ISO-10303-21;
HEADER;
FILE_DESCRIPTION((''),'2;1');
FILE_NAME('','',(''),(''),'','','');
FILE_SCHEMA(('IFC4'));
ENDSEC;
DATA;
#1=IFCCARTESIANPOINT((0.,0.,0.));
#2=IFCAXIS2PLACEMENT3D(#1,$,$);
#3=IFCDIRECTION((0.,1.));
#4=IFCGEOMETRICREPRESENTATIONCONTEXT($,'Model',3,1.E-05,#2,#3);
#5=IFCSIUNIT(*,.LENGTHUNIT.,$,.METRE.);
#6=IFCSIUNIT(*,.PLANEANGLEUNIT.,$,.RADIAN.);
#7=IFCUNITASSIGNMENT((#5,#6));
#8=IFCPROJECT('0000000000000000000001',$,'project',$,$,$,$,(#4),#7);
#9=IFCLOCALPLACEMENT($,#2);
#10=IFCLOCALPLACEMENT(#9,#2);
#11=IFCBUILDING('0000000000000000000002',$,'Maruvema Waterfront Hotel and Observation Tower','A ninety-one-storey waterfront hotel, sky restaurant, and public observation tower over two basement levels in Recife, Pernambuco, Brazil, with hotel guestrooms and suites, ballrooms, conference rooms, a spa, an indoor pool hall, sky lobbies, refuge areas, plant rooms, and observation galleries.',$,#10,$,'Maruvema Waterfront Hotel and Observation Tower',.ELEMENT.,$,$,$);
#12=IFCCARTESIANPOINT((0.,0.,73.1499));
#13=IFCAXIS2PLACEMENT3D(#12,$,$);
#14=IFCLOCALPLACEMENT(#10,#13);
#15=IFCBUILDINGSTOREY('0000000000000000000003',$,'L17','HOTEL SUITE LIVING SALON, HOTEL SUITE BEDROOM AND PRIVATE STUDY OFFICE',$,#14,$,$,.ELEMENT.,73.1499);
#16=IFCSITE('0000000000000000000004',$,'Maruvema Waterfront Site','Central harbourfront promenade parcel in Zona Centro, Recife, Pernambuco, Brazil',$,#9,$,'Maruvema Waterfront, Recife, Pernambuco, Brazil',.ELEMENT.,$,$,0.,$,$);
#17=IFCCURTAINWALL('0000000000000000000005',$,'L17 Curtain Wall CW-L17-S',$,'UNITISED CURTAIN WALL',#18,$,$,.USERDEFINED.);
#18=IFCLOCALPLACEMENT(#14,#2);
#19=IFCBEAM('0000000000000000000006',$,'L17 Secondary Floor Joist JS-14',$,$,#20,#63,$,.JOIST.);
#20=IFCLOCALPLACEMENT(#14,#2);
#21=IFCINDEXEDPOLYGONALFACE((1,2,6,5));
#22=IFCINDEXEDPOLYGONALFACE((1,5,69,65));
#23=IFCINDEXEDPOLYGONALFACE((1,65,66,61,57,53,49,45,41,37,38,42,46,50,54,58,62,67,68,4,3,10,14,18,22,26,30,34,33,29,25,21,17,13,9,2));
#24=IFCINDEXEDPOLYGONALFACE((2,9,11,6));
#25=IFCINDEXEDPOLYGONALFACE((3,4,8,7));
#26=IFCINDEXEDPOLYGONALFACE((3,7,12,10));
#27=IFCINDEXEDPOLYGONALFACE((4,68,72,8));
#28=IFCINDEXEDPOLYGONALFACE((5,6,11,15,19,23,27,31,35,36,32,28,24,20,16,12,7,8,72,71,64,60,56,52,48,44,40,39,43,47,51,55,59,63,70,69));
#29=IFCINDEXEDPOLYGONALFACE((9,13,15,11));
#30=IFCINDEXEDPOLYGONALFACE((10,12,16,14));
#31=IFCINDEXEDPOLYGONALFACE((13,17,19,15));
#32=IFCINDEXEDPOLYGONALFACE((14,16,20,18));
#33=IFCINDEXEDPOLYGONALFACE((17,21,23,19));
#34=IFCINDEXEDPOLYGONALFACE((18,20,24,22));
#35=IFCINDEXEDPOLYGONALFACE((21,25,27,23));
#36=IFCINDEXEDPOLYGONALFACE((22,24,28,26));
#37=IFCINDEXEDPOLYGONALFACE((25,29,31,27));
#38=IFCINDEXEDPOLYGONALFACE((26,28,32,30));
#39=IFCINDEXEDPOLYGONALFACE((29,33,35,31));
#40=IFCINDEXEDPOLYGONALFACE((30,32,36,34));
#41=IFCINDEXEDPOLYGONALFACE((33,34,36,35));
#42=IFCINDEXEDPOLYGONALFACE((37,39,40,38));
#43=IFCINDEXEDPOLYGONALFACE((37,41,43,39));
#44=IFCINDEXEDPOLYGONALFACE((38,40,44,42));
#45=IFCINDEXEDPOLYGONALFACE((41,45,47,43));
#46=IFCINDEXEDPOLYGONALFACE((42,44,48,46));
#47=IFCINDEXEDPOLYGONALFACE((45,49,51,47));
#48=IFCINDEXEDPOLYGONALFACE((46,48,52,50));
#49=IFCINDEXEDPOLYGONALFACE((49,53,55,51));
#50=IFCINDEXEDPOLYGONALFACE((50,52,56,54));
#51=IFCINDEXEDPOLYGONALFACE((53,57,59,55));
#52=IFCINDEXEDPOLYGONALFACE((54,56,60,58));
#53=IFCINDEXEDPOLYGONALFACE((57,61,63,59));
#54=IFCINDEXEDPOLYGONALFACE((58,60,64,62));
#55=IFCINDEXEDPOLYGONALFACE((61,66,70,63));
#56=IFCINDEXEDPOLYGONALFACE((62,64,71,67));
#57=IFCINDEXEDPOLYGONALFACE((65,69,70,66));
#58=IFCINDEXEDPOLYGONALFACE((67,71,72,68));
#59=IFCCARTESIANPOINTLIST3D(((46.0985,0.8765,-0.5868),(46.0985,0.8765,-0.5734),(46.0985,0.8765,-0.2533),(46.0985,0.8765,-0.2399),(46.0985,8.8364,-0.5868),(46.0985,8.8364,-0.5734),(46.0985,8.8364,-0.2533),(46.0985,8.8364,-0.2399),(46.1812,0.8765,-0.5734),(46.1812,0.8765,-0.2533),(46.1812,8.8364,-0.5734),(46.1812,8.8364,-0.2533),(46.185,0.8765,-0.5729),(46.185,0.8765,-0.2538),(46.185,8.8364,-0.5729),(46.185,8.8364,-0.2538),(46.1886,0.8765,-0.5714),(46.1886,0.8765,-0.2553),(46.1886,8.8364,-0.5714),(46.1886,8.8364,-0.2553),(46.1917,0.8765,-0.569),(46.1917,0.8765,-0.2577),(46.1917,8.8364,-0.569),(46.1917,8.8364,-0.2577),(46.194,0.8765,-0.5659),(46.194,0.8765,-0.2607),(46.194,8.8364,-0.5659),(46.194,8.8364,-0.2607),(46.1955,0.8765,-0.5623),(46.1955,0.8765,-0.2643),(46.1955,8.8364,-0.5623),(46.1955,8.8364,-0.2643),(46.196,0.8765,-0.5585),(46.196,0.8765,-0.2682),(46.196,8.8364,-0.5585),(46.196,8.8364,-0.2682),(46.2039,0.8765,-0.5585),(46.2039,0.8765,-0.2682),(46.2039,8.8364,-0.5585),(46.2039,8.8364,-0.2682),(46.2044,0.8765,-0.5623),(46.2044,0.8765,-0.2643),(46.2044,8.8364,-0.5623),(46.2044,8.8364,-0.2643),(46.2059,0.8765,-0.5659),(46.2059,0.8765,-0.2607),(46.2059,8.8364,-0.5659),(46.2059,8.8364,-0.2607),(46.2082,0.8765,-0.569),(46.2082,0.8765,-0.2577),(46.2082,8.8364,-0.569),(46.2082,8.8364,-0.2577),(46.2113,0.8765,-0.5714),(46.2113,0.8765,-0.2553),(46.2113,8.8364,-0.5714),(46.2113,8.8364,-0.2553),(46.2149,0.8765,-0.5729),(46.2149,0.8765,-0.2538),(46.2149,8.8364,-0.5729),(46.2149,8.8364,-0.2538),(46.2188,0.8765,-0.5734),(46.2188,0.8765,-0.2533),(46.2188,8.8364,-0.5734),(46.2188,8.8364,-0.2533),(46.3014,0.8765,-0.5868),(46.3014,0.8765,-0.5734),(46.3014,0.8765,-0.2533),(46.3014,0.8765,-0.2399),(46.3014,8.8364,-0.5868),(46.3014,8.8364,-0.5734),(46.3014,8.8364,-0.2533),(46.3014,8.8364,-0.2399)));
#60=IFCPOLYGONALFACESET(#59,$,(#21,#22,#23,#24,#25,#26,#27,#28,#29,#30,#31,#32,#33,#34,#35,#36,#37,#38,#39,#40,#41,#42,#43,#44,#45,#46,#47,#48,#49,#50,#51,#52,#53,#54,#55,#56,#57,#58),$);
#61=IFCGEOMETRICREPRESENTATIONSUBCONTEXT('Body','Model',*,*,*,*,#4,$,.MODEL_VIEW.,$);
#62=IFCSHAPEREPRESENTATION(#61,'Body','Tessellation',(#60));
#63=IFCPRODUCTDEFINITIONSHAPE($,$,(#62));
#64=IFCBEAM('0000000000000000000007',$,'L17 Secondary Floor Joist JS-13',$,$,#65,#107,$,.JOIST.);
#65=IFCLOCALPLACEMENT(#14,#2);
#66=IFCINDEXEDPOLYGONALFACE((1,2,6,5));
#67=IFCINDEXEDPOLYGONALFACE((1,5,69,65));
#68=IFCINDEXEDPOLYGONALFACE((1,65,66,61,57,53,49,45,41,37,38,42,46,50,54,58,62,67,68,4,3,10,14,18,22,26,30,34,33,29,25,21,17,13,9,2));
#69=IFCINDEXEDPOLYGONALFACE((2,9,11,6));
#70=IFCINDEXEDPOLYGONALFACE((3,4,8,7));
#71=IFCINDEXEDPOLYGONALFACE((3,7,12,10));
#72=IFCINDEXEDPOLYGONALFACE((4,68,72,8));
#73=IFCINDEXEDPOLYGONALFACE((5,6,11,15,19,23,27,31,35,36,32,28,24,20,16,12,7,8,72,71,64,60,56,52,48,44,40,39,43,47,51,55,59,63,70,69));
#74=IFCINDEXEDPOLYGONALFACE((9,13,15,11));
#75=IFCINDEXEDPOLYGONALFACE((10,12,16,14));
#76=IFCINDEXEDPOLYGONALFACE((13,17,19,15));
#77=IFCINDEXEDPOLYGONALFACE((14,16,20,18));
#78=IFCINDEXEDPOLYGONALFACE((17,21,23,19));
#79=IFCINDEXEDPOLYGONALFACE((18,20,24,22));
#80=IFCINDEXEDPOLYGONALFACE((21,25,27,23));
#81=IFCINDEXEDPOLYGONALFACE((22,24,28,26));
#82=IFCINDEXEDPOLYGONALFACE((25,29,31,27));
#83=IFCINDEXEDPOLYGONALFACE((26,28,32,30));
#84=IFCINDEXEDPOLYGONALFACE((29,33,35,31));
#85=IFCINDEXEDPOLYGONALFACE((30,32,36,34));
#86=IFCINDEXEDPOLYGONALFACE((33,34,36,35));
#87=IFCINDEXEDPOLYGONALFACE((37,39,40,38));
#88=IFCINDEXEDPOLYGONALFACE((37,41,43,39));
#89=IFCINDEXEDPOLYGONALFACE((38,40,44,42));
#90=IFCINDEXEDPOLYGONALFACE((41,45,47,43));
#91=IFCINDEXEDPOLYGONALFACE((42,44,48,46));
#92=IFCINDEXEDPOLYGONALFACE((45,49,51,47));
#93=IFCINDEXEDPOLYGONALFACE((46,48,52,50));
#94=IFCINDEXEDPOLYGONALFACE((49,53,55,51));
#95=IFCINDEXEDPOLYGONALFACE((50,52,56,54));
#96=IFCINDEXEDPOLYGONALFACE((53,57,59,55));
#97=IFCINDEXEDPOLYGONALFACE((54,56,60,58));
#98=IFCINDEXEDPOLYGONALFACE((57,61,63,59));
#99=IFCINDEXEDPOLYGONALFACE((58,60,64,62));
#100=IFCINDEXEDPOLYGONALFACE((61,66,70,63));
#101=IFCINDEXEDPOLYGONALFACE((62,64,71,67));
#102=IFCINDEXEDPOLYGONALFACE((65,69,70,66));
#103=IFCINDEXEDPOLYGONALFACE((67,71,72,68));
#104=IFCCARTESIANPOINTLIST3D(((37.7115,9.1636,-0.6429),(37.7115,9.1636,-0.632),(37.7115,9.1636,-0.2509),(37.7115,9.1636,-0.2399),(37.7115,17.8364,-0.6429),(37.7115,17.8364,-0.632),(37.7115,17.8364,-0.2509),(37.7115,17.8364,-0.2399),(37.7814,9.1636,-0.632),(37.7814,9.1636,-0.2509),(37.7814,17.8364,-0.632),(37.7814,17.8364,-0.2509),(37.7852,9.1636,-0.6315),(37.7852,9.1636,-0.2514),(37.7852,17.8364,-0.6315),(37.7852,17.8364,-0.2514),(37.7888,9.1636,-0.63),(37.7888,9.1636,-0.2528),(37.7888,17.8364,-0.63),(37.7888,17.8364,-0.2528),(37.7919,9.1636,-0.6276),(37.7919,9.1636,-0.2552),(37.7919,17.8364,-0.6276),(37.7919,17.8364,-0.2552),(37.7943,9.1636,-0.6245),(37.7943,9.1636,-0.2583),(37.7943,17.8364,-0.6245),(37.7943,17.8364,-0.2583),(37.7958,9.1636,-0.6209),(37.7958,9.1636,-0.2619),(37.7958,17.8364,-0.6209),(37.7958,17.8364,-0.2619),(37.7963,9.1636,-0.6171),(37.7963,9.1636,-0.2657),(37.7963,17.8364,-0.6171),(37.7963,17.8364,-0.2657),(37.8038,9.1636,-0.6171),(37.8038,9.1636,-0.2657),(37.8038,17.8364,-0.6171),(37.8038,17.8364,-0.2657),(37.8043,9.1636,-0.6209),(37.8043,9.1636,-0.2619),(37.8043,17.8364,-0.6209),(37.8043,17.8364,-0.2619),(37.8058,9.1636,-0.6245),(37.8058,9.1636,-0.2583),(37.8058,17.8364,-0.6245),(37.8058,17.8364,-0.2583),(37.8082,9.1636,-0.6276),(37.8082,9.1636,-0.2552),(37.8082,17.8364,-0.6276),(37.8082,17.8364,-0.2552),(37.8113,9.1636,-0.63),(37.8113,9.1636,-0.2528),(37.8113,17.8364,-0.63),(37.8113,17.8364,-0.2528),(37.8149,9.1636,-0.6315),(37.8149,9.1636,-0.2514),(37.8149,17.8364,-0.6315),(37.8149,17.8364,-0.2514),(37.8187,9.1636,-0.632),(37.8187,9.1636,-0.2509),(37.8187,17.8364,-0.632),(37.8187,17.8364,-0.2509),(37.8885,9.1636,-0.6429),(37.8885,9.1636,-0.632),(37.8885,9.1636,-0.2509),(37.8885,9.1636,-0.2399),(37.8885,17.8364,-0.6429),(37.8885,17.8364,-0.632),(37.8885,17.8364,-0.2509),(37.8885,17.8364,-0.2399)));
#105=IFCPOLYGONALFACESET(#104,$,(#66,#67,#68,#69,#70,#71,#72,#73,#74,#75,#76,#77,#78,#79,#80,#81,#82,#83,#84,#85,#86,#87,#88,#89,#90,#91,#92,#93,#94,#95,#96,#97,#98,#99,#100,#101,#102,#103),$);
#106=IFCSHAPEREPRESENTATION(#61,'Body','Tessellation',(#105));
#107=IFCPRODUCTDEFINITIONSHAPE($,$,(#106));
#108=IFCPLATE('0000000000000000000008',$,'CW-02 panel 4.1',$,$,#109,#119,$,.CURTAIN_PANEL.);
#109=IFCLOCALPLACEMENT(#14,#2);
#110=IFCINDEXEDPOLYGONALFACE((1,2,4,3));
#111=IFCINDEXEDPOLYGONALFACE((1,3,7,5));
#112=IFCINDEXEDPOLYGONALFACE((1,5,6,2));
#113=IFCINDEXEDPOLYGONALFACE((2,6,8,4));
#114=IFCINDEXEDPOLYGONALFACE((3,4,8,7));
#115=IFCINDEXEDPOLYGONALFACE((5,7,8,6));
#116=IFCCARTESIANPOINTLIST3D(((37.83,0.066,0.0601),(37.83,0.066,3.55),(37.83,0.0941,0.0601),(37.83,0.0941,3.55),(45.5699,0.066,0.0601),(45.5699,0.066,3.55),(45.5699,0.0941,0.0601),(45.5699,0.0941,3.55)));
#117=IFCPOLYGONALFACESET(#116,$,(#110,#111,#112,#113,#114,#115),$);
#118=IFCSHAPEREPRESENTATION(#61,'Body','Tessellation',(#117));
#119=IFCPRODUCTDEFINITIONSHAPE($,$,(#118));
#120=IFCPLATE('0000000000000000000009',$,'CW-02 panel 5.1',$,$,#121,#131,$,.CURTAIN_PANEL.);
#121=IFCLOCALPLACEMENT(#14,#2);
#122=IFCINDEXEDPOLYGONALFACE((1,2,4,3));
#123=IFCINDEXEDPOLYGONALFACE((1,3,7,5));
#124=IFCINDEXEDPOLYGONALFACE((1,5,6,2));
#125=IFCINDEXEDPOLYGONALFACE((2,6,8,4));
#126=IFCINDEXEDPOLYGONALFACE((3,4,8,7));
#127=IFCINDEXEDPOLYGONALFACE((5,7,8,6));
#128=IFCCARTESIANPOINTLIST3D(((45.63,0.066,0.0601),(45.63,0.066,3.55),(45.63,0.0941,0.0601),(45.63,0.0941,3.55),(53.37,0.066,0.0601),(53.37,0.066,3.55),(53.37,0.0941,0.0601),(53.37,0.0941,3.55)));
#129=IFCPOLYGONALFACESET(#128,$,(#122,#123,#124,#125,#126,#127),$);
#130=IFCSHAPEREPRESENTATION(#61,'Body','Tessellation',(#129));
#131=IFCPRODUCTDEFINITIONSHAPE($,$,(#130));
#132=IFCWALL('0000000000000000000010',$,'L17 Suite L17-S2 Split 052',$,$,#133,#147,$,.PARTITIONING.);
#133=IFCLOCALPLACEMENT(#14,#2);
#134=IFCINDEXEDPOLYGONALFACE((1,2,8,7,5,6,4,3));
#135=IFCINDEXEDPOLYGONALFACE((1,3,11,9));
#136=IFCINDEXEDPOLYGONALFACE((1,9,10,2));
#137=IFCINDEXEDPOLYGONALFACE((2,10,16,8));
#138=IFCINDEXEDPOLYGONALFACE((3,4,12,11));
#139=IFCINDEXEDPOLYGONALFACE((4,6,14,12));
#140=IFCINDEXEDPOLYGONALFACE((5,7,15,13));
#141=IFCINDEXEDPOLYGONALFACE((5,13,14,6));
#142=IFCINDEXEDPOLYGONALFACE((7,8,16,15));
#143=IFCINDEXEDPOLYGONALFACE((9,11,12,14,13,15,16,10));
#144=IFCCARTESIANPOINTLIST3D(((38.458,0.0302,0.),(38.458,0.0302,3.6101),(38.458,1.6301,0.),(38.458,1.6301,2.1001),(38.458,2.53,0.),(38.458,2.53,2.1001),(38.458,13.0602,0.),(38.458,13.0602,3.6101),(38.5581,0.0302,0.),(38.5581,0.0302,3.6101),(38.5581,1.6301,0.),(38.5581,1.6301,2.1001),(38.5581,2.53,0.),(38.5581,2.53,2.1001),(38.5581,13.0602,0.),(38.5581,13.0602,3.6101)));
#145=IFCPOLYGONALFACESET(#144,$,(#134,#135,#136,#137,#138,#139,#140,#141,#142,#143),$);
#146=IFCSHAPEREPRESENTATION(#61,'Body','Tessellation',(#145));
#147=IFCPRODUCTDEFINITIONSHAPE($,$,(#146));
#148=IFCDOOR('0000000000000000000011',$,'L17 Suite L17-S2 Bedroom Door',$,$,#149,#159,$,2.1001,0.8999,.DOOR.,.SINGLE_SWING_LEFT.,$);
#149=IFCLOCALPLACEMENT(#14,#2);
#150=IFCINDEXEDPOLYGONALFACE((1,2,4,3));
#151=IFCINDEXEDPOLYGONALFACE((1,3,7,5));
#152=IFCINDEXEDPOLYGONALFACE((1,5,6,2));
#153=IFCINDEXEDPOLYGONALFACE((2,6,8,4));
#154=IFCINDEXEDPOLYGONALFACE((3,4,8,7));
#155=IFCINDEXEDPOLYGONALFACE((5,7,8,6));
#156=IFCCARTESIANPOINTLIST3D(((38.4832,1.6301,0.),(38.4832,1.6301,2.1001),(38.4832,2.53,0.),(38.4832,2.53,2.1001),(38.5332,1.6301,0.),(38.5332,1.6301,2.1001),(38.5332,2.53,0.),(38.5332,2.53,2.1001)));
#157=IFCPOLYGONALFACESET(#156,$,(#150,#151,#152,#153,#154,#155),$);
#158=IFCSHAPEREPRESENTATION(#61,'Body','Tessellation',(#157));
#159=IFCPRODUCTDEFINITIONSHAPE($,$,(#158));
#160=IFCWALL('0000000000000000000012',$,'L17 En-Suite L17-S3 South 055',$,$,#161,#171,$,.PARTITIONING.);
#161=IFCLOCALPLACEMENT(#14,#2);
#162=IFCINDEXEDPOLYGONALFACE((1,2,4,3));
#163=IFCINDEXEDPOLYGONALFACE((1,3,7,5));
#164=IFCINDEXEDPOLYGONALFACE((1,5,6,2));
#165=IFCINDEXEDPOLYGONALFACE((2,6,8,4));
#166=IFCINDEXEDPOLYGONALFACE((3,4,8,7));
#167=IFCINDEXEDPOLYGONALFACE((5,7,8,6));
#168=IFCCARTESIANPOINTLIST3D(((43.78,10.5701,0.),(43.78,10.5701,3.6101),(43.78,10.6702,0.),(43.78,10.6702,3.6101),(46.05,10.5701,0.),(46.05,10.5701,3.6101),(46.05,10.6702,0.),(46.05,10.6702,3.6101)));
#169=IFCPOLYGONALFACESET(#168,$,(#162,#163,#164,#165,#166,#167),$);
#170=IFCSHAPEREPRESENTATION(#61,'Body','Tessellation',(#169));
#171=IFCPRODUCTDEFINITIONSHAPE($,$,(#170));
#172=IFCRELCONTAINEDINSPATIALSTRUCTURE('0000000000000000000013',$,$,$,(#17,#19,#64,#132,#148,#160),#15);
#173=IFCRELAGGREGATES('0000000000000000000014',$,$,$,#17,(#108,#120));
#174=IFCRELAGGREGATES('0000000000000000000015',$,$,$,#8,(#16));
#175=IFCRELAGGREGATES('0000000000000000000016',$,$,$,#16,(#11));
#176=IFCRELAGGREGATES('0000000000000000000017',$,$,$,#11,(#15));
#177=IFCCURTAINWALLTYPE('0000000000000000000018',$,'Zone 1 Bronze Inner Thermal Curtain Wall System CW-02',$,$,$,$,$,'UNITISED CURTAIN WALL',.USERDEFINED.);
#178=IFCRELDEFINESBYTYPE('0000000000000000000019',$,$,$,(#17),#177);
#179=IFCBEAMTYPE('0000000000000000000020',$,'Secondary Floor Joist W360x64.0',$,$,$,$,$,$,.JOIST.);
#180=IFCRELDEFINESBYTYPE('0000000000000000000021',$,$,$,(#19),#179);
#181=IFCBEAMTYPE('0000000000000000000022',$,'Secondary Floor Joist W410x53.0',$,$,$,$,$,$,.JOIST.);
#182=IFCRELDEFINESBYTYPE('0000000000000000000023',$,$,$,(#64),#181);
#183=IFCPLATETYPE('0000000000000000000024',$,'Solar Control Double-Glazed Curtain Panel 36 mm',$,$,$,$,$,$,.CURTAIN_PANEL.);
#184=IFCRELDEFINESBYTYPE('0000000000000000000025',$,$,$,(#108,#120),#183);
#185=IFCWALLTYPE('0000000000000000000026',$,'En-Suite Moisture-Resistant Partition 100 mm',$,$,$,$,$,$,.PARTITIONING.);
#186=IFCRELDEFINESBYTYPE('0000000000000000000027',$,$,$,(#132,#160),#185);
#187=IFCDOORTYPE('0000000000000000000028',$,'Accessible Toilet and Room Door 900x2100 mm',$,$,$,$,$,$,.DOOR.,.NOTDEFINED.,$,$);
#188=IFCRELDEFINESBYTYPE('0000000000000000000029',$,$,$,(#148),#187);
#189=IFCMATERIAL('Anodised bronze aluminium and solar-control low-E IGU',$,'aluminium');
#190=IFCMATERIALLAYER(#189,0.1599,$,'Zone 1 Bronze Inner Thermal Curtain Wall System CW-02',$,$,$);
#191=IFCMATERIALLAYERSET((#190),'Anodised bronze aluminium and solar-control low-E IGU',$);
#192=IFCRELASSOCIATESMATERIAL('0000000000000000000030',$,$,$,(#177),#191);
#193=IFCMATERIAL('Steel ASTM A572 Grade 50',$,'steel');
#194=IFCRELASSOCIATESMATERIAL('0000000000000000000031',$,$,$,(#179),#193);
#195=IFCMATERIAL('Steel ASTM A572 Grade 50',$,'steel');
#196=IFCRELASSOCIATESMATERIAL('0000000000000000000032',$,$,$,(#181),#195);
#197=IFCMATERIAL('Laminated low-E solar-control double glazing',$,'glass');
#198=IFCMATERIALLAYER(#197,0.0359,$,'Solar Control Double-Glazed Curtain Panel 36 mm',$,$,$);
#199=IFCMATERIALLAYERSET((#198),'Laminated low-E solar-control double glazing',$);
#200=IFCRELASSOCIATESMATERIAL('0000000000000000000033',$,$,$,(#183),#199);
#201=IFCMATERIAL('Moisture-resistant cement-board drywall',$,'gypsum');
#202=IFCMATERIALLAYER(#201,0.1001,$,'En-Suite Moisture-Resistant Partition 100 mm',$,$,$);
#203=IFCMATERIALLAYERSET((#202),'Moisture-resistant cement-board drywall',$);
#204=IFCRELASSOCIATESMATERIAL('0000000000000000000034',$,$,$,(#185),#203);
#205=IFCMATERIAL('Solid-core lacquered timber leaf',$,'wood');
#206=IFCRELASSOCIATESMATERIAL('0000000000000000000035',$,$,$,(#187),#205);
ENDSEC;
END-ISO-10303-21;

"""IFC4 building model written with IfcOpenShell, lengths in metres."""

from ifc_helpers import new_model, si_unit, direction, frame, frame_2d, origin, origin_2d, place, context, subcontext, project, spatial, rectangle, i_section, extrude, material, layer, layer_set, material_profile, profile_set, type_object, element, fill, aggregate, save


model = new_model("IFC4")

# Units and contexts
model_context = context("Model", 3, precision=1e-05, world=origin(), true_north=direction((0.0, 1.0)))
body_context = subcontext(model_context, "Body", "Model", "MODEL_VIEW")
ifc_project = project(units=[si_unit("LENGTHUNIT", "METRE"), si_unit("PLANEANGLEUNIT", "RADIAN")], contexts=[model_context])

# Site, building, storey
site_placement = place(None, origin())
site = spatial("IfcSite", under=ifc_project, at=site_placement, Name="Maruvema Waterfront Site", Description="Central harbourfront promenade parcel in Zona Centro, Recife, Pernambuco, Brazil", LongName="Maruvema Waterfront, Recife, Pernambuco, Brazil", CompositionType="ELEMENT", RefElevation=0.0)
building_placement = place(site_placement, origin())
building = spatial("IfcBuilding", under=site, at=building_placement, Name="Maruvema Waterfront Hotel and Observation Tower", Description="A ninety-one-storey waterfront hotel, sky restaurant, and public observation tower over two basement levels in Recife, Pernambuco, Brazil, with hotel guestrooms and suites, ballrooms, conference rooms, a spa, an indoor pool hall, sky lobbies, refuge areas, plant rooms, and observation galleries.", LongName="Maruvema Waterfront Hotel and Observation Tower", CompositionType="ELEMENT")
storey_placement = place(building_placement, frame((0.0, 0.0, 73.1499)))
storey = spatial("IfcBuildingStorey", under=building, at=storey_placement, Name="L17", Description="HOTEL SUITE LIVING SALON, HOTEL SUITE BEDROOM AND PRIVATE STUDY OFFICE", CompositionType="ELEMENT", Elevation=73.1499)

# Curtain wall
ifc_material_1 = material(Name="Anodised bronze aluminium and solar-control low-E IGU", Category="aluminium")
ifc_layer_1 = layer(ifc_material_1, 0.1599, Name="Zone 1 Bronze Inner Thermal Curtain Wall System CW-02")
ifc_layer_set_1 = layer_set([ifc_layer_1], Name="Anodised bronze aluminium and solar-control low-E IGU")
curtain_wall_type = type_object("IfcCurtainWallType", Name="Zone 1 Bronze Inner Thermal Curtain Wall System CW-02", ElementType="UNITISED CURTAIN WALL", PredefinedType="USERDEFINED", material=ifc_layer_set_1)
curtain_wall_placement = place(storey_placement, origin())
curtain_wall = element("IfcCurtainWall", 1, at=curtain_wall_placement, inside=storey, type_object=curtain_wall_type, Name="L17 Curtain Wall CW-L17-S", ObjectType="UNITISED CURTAIN WALL", PredefinedType="USERDEFINED")

# Beams
ifc_material_2 = material(Name="Steel ASTM A572 Grade 50", Category="steel")
ifc_material_profile_1 = material_profile(ifc_material_2, i_section(OverallWidth=0.2029, OverallDepth=0.3469, WebThickness=0.0078, FlangeThickness=0.0134, FilletRadius=0.0149, at=origin_2d()), Name="W360x64.0")
ifc_profile_set_1 = profile_set([ifc_material_profile_1], Name="Steel ASTM A572 Grade 50")
beam_type_1 = type_object("IfcBeamType", Name="Secondary Floor Joist W360x64.0", PredefinedType="JOIST", material=ifc_profile_set_1)
beam_1_placement = place(storey_placement, frame((46.2, 0.8765, -0.4133), z_axis=(0.0, 1.0, 0.0), x_axis=(-1.0, 0.0, 0.0)))
element("IfcBeam", 2, at=beam_1_placement, inside=storey, type_object=beam_type_1, Name="L17 Secondary Floor Joist JS-14", PredefinedType="JOIST", context=body_context, shape_type="SweptSolid", body=[
    extrude(i_section(OverallWidth=0.2029, OverallDepth=0.3469, WebThickness=0.0078, FlangeThickness=0.0134, FilletRadius=0.0149, at=origin_2d()), origin(), (0.0, 0.0, 1.0), 7.96),
])
ifc_material_3 = material(Name="Steel ASTM A572 Grade 50", Category="steel")
ifc_material_profile_2 = material_profile(ifc_material_3, i_section(OverallWidth=0.177, OverallDepth=0.4031, WebThickness=0.0076, FlangeThickness=0.011, FilletRadius=0.0149, at=origin_2d()), Name="W410x53.0")
ifc_profile_set_2 = profile_set([ifc_material_profile_2], Name="Steel ASTM A572 Grade 50")
beam_type_2 = type_object("IfcBeamType", Name="Secondary Floor Joist W410x53.0", PredefinedType="JOIST", material=ifc_profile_set_2)
beam_2_placement = place(storey_placement, frame((37.8, 9.1636, -0.4414), z_axis=(0.0, 1.0, 0.0), x_axis=(-1.0, 0.0, 0.0)))
element("IfcBeam", 3, at=beam_2_placement, inside=storey, type_object=beam_type_2, Name="L17 Secondary Floor Joist JS-13", PredefinedType="JOIST", context=body_context, shape_type="SweptSolid", body=[
    extrude(i_section(OverallWidth=0.177, OverallDepth=0.4031, WebThickness=0.0076, FlangeThickness=0.011, FilletRadius=0.0149, at=origin_2d()), origin(), (0.0, 0.0, 1.0), 8.6729),
])

# Plates
ifc_material_4 = material(Name="Laminated low-E solar-control double glazing", Category="glass")
ifc_layer_2 = layer(ifc_material_4, 0.0359, Name="Solar Control Double-Glazed Curtain Panel 36 mm")
ifc_layer_set_2 = layer_set([ifc_layer_2], Name="Laminated low-E solar-control double glazing")
plate_type = type_object("IfcPlateType", Name="Solar Control Double-Glazed Curtain Panel 36 mm", PredefinedType="CURTAIN_PANEL", material=ifc_layer_set_2)
plate_1_placement = place(storey_placement, frame((41.7, 0.0801, 0.0601), z_axis=(0.0, 0.0, 1.0), x_axis=(1.0, 0.0, 0.0)))
plate_1 = element("IfcPlate", 4, at=plate_1_placement, type_object=plate_type, Name="CW-02 panel 4.1", PredefinedType="CURTAIN_PANEL", context=body_context, shape_type="SweptSolid", body=[
    extrude(rectangle(XDim=7.74, YDim=0.0281, at=origin_2d()), origin(), (0.0, 0.0, 1.0), 3.49),
])
plate_2_placement = place(storey_placement, frame((49.5, 0.0801, 0.0601), z_axis=(0.0, 0.0, 1.0), x_axis=(1.0, 0.0, 0.0)))
plate_2 = element("IfcPlate", 5, at=plate_2_placement, type_object=plate_type, Name="CW-02 panel 5.1", PredefinedType="CURTAIN_PANEL", context=body_context, shape_type="SweptSolid", body=[
    extrude(rectangle(XDim=7.74, YDim=0.0281, at=origin_2d()), origin(), (0.0, 0.0, 1.0), 3.49),
])
aggregate(curtain_wall, [plate_1, plate_2])

# Wall, opening, door
ifc_material_5 = material(Name="Moisture-resistant cement-board drywall", Category="gypsum")
ifc_layer_3 = layer(ifc_material_5, 0.1001, Name="En-Suite Moisture-Resistant Partition 100 mm")
ifc_layer_set_3 = layer_set([ifc_layer_3], Name="Moisture-resistant cement-board drywall")
wall_type_1 = type_object("IfcWallType", Name="En-Suite Moisture-Resistant Partition 100 mm", PredefinedType="PARTITIONING", material=ifc_layer_set_3)
wall_1_placement = place(storey_placement, frame((38.5081, 0.03, 0.0), z_axis=(0.0, 0.0, 1.0), x_axis=(0.0, 1.0, 0.0)))
wall_1 = element("IfcWall", 6, at=wall_1_placement, inside=storey, type_object=wall_type_1, Name="L17 Suite L17-S2 Split 052", PredefinedType="PARTITIONING", context=body_context, shape_type="SweptSolid", body=[
    extrude(rectangle(XDim=13.03, YDim=0.1001, at=frame_2d((6.5151, 0.0))), origin(), (0.0, 0.0, 1.0), 3.6101),
])
opening_1_placement = place(wall_1_placement, frame((1.6001, 0.0, 0.0)))
opening_1 = element("IfcOpeningElement", 7, at=opening_1_placement, cuts=wall_1, PredefinedType="OPENING", context=body_context, shape_type="SweptSolid", body=[
    extrude(rectangle(XDim=0.8999, YDim=2.1001, at=frame_2d((0.45, 1.05))), frame((0.0, 0.0601, 0.0), z_axis=(0.0, -1.0, 0.0), x_axis=(1.0, 0.0, 0.0)), (0.0, 0.0, 1.0), 0.1201),
])
ifc_material_6 = material(Name="Solid-core lacquered timber leaf", Category="wood")
door_type_1 = type_object("IfcDoorType", Name="Accessible Toilet and Room Door 900x2100 mm", OperationType="NOTDEFINED", PredefinedType="DOOR", material=ifc_material_6)
door_1_placement = place(opening_1_placement, origin())
door_1 = element("IfcDoor", 8, at=door_1_placement, inside=storey, type_object=door_type_1, Name="L17 Suite L17-S2 Bedroom Door", OperationType="SINGLE_SWING_LEFT", OverallHeight=2.1001, OverallWidth=0.8999, PredefinedType="DOOR", context=body_context, shape_type="SweptSolid", body=[
    extrude(rectangle(XDim=0.8999, YDim=2.1001, at=frame_2d((0.45, 1.05))), frame((0.0, 0.0249, 0.0), z_axis=(0.0, -1.0, 0.0), x_axis=(1.0, 0.0, 0.0)), (0.0, 0.0, 1.0), 0.05),
])
fill(opening_1, door_1)

# Wall
wall_2_placement = place(storey_placement, frame((43.78, 10.6201, 0.0), z_axis=(0.0, 0.0, 1.0), x_axis=(1.0, 0.0, 0.0)))
element("IfcWall", 9, at=wall_2_placement, inside=storey, type_object=wall_type_1, Name="L17 En-Suite L17-S3 South 055", PredefinedType="PARTITIONING", context=body_context, shape_type="SweptSolid", body=[
    extrude(rectangle(XDim=2.27, YDim=0.1001, at=frame_2d((1.135, 0.0))), origin(), (0.0, 0.0, 1.0), 3.6101),
])

save(model, "model.ifc")
